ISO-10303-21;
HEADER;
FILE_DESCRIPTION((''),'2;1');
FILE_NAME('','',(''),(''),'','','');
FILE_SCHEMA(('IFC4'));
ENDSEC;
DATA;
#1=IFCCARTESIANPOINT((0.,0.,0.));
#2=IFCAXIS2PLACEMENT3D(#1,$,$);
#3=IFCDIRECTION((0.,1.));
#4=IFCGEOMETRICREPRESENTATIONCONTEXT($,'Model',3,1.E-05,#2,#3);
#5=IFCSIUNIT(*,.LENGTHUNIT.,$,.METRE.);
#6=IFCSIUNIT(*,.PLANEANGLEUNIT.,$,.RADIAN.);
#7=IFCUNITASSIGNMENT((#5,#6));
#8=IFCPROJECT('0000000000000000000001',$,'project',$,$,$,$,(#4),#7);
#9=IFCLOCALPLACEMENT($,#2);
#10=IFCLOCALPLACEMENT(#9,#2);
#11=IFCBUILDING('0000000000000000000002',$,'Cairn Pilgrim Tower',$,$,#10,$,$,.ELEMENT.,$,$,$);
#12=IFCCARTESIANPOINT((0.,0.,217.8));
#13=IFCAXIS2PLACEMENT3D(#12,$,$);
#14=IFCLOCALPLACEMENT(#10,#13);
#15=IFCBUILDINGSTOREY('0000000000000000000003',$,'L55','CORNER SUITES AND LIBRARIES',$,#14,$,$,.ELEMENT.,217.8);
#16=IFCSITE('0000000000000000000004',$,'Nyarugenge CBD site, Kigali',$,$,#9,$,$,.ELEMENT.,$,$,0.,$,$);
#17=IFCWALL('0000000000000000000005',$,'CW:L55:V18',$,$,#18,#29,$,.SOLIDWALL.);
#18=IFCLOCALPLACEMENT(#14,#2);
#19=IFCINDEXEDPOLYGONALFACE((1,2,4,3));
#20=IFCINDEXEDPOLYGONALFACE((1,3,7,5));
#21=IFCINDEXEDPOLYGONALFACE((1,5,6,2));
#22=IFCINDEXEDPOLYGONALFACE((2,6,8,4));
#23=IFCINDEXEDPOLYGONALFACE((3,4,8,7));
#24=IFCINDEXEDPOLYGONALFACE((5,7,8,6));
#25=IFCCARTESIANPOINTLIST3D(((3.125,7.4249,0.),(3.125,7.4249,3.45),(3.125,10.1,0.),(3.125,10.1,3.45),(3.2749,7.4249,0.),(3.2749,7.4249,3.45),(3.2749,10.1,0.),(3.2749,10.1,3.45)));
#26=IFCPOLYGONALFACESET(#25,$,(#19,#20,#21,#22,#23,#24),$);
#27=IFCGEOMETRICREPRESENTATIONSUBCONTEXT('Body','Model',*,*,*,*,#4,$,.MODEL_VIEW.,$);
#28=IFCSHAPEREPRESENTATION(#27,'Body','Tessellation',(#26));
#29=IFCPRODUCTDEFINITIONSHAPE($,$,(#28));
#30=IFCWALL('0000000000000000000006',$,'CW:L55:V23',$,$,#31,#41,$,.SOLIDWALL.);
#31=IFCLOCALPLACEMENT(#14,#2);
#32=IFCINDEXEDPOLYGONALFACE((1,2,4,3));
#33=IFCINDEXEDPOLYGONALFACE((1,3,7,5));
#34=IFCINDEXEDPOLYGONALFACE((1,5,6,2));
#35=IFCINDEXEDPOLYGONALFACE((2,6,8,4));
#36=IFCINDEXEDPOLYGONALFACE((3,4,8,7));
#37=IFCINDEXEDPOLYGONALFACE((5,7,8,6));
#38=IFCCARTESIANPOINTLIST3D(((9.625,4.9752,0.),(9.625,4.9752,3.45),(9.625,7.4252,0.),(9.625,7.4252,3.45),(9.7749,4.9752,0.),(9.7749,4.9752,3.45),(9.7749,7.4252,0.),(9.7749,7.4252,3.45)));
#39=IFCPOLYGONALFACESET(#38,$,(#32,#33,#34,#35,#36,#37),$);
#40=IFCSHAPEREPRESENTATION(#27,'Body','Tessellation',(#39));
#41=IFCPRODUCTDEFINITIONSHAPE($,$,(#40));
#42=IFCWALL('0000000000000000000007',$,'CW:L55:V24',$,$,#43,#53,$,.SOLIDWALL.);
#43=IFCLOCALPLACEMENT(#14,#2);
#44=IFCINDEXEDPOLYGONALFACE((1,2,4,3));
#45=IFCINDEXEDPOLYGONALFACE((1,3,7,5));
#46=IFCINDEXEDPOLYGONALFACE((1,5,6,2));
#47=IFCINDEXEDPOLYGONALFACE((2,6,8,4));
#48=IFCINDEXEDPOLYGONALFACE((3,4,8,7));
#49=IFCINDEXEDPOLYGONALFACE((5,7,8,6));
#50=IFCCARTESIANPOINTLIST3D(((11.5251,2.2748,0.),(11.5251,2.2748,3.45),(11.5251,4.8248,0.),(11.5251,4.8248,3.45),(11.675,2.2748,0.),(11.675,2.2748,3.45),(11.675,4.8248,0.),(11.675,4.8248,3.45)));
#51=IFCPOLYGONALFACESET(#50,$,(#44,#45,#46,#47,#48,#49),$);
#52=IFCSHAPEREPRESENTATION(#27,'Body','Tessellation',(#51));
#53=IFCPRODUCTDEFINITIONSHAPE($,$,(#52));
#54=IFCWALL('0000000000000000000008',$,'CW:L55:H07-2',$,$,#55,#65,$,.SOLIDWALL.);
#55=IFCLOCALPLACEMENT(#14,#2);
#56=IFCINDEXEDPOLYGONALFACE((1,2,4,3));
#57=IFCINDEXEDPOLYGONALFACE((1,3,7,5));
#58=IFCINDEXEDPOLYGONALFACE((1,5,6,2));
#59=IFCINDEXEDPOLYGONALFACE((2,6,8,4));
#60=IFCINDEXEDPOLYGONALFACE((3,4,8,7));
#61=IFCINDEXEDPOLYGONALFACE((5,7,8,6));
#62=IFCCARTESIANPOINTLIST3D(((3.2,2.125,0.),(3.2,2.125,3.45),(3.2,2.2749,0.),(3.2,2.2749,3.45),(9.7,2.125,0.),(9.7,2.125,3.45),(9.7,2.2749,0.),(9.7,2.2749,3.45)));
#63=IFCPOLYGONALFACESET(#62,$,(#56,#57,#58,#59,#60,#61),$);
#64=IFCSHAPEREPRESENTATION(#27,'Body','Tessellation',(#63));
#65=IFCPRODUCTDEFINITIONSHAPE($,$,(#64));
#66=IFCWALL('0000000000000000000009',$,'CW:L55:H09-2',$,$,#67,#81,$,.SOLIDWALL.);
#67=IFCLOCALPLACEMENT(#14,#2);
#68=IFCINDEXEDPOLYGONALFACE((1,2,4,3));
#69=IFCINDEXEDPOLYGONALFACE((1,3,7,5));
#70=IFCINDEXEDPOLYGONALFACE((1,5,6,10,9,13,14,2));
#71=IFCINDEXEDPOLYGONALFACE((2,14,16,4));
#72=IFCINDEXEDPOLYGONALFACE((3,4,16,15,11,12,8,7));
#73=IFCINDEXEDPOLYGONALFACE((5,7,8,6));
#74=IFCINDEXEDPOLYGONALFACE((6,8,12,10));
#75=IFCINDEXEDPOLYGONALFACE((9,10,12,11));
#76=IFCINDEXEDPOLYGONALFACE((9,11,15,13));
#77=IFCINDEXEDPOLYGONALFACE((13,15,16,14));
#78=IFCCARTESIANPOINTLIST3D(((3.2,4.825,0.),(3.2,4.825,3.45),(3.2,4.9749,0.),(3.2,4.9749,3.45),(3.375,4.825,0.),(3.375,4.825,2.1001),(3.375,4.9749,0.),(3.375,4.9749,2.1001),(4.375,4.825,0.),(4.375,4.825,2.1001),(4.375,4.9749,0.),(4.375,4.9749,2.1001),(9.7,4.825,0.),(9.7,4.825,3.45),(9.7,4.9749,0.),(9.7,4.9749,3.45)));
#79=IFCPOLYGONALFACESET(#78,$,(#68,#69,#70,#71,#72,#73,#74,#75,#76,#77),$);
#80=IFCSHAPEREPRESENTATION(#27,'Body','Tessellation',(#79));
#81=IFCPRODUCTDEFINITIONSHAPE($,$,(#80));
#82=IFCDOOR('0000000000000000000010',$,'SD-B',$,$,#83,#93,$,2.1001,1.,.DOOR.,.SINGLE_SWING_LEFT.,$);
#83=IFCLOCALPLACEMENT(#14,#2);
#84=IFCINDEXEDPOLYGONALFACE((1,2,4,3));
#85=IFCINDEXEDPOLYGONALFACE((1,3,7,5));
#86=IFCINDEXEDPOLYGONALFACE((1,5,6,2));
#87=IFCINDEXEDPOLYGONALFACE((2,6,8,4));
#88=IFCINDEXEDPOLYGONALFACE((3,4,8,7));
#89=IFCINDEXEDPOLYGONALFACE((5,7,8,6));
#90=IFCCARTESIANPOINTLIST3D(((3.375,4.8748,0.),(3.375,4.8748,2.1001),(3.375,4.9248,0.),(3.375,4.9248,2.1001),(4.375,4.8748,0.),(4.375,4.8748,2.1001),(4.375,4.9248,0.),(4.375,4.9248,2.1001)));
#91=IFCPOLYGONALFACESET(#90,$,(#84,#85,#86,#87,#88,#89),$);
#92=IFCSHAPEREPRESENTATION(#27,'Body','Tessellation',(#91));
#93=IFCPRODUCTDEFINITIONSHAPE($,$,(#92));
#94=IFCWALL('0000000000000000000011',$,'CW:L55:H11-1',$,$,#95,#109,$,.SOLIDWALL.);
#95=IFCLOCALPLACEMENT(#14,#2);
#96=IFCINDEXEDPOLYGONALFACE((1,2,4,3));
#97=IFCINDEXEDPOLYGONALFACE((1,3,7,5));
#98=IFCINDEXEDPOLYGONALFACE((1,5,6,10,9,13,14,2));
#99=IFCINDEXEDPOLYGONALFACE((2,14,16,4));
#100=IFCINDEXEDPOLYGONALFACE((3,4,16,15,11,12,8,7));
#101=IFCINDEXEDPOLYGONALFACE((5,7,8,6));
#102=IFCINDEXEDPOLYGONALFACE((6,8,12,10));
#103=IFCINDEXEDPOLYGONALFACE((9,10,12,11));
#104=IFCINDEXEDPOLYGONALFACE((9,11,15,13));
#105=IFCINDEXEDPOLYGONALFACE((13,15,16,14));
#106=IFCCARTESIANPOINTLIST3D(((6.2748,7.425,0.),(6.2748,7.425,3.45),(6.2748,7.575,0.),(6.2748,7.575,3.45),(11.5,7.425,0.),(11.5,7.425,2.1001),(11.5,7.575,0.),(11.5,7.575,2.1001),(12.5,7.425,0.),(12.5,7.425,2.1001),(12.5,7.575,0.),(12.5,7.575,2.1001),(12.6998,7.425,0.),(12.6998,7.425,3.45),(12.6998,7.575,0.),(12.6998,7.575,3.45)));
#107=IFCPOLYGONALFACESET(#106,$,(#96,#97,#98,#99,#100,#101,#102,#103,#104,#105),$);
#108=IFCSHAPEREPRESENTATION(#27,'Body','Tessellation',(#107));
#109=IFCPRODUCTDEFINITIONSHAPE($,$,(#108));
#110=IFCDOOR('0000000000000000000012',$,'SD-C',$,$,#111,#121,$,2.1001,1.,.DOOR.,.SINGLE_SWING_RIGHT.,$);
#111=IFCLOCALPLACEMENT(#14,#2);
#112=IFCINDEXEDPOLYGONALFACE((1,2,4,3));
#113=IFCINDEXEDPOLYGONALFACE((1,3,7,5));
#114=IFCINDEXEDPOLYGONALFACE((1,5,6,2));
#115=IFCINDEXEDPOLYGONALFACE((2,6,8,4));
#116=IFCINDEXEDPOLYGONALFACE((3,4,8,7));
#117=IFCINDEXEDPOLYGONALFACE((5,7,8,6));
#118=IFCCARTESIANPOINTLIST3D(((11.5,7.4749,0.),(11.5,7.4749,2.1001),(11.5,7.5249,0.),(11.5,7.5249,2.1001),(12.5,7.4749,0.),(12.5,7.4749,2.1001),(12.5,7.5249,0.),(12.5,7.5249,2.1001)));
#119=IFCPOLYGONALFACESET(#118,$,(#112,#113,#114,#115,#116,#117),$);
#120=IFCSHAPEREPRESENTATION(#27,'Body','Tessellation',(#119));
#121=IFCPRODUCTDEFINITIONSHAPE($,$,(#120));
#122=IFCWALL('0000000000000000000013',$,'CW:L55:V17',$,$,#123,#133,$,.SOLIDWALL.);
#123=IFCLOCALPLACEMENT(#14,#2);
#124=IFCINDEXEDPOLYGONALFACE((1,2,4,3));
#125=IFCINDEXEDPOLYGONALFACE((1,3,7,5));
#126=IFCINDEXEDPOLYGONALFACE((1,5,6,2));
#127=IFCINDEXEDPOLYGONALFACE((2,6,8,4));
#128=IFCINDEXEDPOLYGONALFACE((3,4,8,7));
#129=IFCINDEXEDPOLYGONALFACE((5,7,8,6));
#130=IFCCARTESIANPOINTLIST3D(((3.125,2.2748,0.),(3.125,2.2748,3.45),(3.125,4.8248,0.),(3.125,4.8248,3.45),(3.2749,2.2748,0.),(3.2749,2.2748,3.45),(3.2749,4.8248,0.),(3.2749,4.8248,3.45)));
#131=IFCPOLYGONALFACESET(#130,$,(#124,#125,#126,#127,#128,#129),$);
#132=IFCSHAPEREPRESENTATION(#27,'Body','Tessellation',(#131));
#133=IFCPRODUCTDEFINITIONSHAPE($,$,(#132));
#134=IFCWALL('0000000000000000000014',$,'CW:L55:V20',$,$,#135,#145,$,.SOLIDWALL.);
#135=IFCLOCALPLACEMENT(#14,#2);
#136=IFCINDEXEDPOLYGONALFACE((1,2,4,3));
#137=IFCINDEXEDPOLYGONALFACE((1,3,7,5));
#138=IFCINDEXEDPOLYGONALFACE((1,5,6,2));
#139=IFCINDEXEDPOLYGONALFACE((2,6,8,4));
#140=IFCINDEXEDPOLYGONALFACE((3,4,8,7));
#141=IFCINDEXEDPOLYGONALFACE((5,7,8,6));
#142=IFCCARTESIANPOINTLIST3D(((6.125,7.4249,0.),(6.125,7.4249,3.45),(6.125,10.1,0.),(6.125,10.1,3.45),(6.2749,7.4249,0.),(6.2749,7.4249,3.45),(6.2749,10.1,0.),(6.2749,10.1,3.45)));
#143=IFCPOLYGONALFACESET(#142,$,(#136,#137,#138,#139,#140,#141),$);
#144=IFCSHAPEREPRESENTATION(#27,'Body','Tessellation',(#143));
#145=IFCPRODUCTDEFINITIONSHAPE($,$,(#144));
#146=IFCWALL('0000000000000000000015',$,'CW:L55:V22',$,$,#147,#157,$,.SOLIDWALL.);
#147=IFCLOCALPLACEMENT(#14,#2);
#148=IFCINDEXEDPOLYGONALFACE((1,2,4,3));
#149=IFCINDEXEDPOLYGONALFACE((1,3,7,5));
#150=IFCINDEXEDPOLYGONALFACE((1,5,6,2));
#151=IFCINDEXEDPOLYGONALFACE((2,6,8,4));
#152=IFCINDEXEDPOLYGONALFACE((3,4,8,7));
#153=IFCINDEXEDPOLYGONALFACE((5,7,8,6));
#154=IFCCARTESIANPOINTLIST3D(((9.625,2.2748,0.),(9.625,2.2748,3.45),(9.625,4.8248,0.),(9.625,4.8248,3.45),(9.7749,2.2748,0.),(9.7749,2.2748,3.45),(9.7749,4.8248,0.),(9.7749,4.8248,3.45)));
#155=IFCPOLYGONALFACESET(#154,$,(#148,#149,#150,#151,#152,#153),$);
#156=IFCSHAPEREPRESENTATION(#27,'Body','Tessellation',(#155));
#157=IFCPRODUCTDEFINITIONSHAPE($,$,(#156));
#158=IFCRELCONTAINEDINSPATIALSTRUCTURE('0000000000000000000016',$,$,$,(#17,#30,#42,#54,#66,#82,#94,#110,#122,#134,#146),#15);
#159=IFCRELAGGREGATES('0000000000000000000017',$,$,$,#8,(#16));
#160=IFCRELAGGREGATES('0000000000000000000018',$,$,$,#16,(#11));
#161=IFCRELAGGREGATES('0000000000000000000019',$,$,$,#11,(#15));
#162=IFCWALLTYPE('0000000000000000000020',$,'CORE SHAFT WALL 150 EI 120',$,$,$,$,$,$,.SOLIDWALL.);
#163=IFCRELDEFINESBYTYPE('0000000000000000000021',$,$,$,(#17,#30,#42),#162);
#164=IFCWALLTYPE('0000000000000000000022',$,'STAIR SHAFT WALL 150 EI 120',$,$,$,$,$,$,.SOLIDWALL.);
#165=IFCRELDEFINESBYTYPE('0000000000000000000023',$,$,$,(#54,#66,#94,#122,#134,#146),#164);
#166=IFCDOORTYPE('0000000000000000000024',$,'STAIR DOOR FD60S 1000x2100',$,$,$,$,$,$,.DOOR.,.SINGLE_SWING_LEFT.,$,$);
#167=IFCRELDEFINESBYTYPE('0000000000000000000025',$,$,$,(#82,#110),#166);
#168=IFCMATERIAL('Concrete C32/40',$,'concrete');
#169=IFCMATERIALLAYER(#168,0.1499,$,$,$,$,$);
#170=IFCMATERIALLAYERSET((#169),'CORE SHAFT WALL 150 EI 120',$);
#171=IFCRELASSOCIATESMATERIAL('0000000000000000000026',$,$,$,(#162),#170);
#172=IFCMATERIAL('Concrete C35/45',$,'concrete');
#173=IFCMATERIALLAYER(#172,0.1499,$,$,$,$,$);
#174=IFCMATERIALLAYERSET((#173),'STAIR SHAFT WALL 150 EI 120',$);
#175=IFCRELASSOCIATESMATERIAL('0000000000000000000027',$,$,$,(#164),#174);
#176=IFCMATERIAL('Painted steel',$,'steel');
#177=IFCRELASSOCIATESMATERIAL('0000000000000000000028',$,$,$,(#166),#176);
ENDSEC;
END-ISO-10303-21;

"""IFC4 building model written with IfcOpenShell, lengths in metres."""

from ifc_helpers import new_model, si_unit, direction, frame, frame_2d, origin, place, context, subcontext, project, spatial, rectangle, extrude, material, layer, layer_set, type_object, element, fill, save


model = new_model("IFC4")

# Units and contexts
model_context = context("Model", 3, precision=1e-05, world=origin(), true_north=direction((0.0, 1.0)))
body_context = subcontext(model_context, "Body", "Model", "MODEL_VIEW")
ifc_project = project(units=[si_unit("LENGTHUNIT", "METRE"), si_unit("PLANEANGLEUNIT", "RADIAN")], contexts=[model_context])

# Site, building, storey
site_placement = place(None, origin())
site = spatial("IfcSite", under=ifc_project, at=site_placement, Name="Nyarugenge CBD site, Kigali", CompositionType="ELEMENT", RefElevation=0.0)
building_placement = place(site_placement, origin())
building = spatial("IfcBuilding", under=site, at=building_placement, Name="Cairn Pilgrim Tower", CompositionType="ELEMENT")
storey_placement = place(building_placement, frame((0.0, 0.0, 217.8)))
storey = spatial("IfcBuildingStorey", under=building, at=storey_placement, Name="L55", Description="CORNER SUITES AND LIBRARIES", CompositionType="ELEMENT", Elevation=217.8)

# Shared definitions
ifc_material_1 = material(Name="Concrete C32/40", Category="concrete")

# Shared definitions
ifc_layer_1 = layer(ifc_material_1, 0.1499)
ifc_layer_set_1 = layer_set([ifc_layer_1], Name="CORE SHAFT WALL 150 EI 120")
wall_type_1 = type_object("IfcWallType", Name="CORE SHAFT WALL 150 EI 120", PredefinedType="SOLIDWALL", material=ifc_layer_set_1)

# Shared definitions
ifc_material_2 = material(Name="Painted steel", Category="steel")

# Walls
wall_1_placement = place(storey_placement, frame((3.2, 7.425, 0.0), z_axis=(0.0, 0.0, 1.0), x_axis=(0.0, 1.0, 0.0)))
element("IfcWall", 1, at=wall_1_placement, inside=storey, type_object=wall_type_1, Name="CW:L55:V18", PredefinedType="SOLIDWALL", context=body_context, shape_type="SweptSolid", body=[
    extrude(rectangle(XDim=2.675, YDim=0.1499, at=frame_2d((1.3374, 0.0))), origin(), (0.0, 0.0, 1.0), 3.45),
])
wall_2_placement = place(storey_placement, frame((9.7, 4.9751, 0.0), z_axis=(0.0, 0.0, 1.0), x_axis=(0.0, 1.0, 0.0)))
element("IfcWall", 2, at=wall_2_placement, inside=storey, type_object=wall_type_1, Name="CW:L55:V23", PredefinedType="SOLIDWALL", context=body_context, shape_type="SweptSolid", body=[
    extrude(rectangle(XDim=2.45, YDim=0.1499, at=frame_2d((1.2251, 0.0))), origin(), (0.0, 0.0, 1.0), 3.45),
])
wall_3_placement = place(storey_placement, frame((11.6001, 2.2749, 0.0), z_axis=(0.0, 0.0, 1.0), x_axis=(0.0, 1.0, 0.0)))
element("IfcWall", 3, at=wall_3_placement, inside=storey, type_object=wall_type_1, Name="CW:L55:V24", PredefinedType="SOLIDWALL", context=body_context, shape_type="SweptSolid", body=[
    extrude(rectangle(XDim=2.55, YDim=0.1499, at=frame_2d((1.2749, 0.0))), origin(), (0.0, 0.0, 1.0), 3.45),
])
ifc_material_3 = material(Name="Concrete C35/45", Category="concrete")
ifc_layer_2 = layer(ifc_material_3, 0.1499)
ifc_layer_set_2 = layer_set([ifc_layer_2], Name="STAIR SHAFT WALL 150 EI 120")
wall_type_2 = type_object("IfcWallType", Name="STAIR SHAFT WALL 150 EI 120", PredefinedType="SOLIDWALL", material=ifc_layer_set_2)
wall_4_placement = place(storey_placement, frame((3.2, 2.2, 0.0), z_axis=(0.0, 0.0, 1.0), x_axis=(1.0, 0.0, 0.0)))
element("IfcWall", 4, at=wall_4_placement, inside=storey, type_object=wall_type_2, Name="CW:L55:H07-2", PredefinedType="SOLIDWALL", context=body_context, shape_type="SweptSolid", body=[
    extrude(rectangle(XDim=6.5, YDim=0.1499, at=frame_2d((3.25, 0.0))), origin(), (0.0, 0.0, 1.0), 3.45),
])

# Walls, openings, doors
wall_5_placement = place(storey_placement, frame((3.2, 4.8999, 0.0), z_axis=(0.0, 0.0, 1.0), x_axis=(1.0, 0.0, 0.0)))
wall_5 = element("IfcWall", 5, at=wall_5_placement, inside=storey, type_object=wall_type_2, Name="CW:L55:H09-2", PredefinedType="SOLIDWALL", context=body_context, shape_type="SweptSolid", body=[
    extrude(rectangle(XDim=6.5, YDim=0.1499, at=frame_2d((3.25, 0.0))), origin(), (0.0, 0.0, 1.0), 3.45),
])
opening_1_placement = place(wall_5_placement, frame((0.175, 0.0, 0.0)))
opening_1 = element("IfcOpeningElement", 6, at=opening_1_placement, cuts=wall_5, PredefinedType="OPENING", context=body_context, shape_type="SweptSolid", body=[
    extrude(rectangle(XDim=1.0, YDim=2.1001, at=frame_2d((0.5, 1.05))), frame((0.0, 0.085, 0.0), z_axis=(0.0, -1.0, 0.0), x_axis=(1.0, 0.0, 0.0)), (0.0, 0.0, 1.0), 0.1699),
])
door_type_1 = type_object("IfcDoorType", Name="STAIR DOOR FD60S 1000x2100", OperationType="SINGLE_SWING_LEFT", PredefinedType="DOOR", material=ifc_material_2)
door_1_placement = place(opening_1_placement, origin())
door_1 = element("IfcDoor", 7, at=door_1_placement, inside=storey, type_object=door_type_1, Name="SD-B", OperationType="SINGLE_SWING_LEFT", OverallHeight=2.1001, OverallWidth=1.0, PredefinedType="DOOR", context=body_context, shape_type="SweptSolid", body=[
    extrude(rectangle(XDim=1.0, YDim=2.1001, at=frame_2d((0.5, 1.05))), frame((0.0, 0.0249, 0.0), z_axis=(0.0, -1.0, 0.0), x_axis=(1.0, 0.0, 0.0)), (0.0, 0.0, 1.0), 0.05),
])
fill(opening_1, door_1)
wall_6_placement = place(storey_placement, frame((6.2749, 7.5, 0.0), z_axis=(0.0, 0.0, 1.0), x_axis=(1.0, 0.0, 0.0)))
wall_6 = element("IfcWall", 8, at=wall_6_placement, inside=storey, type_object=wall_type_2, Name="CW:L55:H11-1", PredefinedType="SOLIDWALL", context=body_context, shape_type="SweptSolid", body=[
    extrude(rectangle(XDim=6.425, YDim=0.1499, at=frame_2d((3.2124, 0.0))), origin(), (0.0, 0.0, 1.0), 3.45),
])
opening_2_placement = place(wall_6_placement, frame((5.2251, 0.0, 0.0)))
opening_2 = element("IfcOpeningElement", 9, at=opening_2_placement, cuts=wall_6, PredefinedType="OPENING", context=body_context, shape_type="SweptSolid", body=[
    extrude(rectangle(XDim=1.0, YDim=2.1001, at=frame_2d((0.5, 1.05))), frame((0.0, 0.085, 0.0), z_axis=(0.0, -1.0, 0.0), x_axis=(1.0, 0.0, 0.0)), (0.0, 0.0, 1.0), 0.1699),
])
door_2_placement = place(opening_2_placement, origin())
door_2 = element("IfcDoor", 10, at=door_2_placement, inside=storey, type_object=door_type_1, Name="SD-C", OperationType="SINGLE_SWING_RIGHT", OverallHeight=2.1001, OverallWidth=1.0, PredefinedType="DOOR", context=body_context, shape_type="SweptSolid", body=[
    extrude(rectangle(XDim=1.0, YDim=2.1001, at=frame_2d((0.5, 1.05))), frame((0.0, 0.0249, 0.0), z_axis=(0.0, -1.0, 0.0), x_axis=(1.0, 0.0, 0.0)), (0.0, 0.0, 1.0), 0.05),
])
fill(opening_2, door_2)

# Walls
wall_7_placement = place(storey_placement, frame((3.2, 2.2749, 0.0), z_axis=(0.0, 0.0, 1.0), x_axis=(0.0, 1.0, 0.0)))
element("IfcWall", 11, at=wall_7_placement, inside=storey, type_object=wall_type_2, Name="CW:L55:V17", PredefinedType="SOLIDWALL", context=body_context, shape_type="SweptSolid", body=[
    extrude(rectangle(XDim=2.55, YDim=0.1499, at=frame_2d((1.2749, 0.0))), origin(), (0.0, 0.0, 1.0), 3.45),
])
wall_8_placement = place(storey_placement, frame((6.2, 7.425, 0.0), z_axis=(0.0, 0.0, 1.0), x_axis=(0.0, 1.0, 0.0)))
element("IfcWall", 12, at=wall_8_placement, inside=storey, type_object=wall_type_2, Name="CW:L55:V20", PredefinedType="SOLIDWALL", context=body_context, shape_type="SweptSolid", body=[
    extrude(rectangle(XDim=2.675, YDim=0.1499, at=frame_2d((1.3374, 0.0))), origin(), (0.0, 0.0, 1.0), 3.45),
])
wall_9_placement = place(storey_placement, frame((9.7, 2.2749, 0.0), z_axis=(0.0, 0.0, 1.0), x_axis=(0.0, 1.0, 0.0)))
element("IfcWall", 13, at=wall_9_placement, inside=storey, type_object=wall_type_2, Name="CW:L55:V22", PredefinedType="SOLIDWALL", context=body_context, shape_type="SweptSolid", body=[
    extrude(rectangle(XDim=2.55, YDim=0.1499, at=frame_2d((1.2749, 0.0))), origin(), (0.0, 0.0, 1.0), 3.45),
])

save(model, "model.ifc")
